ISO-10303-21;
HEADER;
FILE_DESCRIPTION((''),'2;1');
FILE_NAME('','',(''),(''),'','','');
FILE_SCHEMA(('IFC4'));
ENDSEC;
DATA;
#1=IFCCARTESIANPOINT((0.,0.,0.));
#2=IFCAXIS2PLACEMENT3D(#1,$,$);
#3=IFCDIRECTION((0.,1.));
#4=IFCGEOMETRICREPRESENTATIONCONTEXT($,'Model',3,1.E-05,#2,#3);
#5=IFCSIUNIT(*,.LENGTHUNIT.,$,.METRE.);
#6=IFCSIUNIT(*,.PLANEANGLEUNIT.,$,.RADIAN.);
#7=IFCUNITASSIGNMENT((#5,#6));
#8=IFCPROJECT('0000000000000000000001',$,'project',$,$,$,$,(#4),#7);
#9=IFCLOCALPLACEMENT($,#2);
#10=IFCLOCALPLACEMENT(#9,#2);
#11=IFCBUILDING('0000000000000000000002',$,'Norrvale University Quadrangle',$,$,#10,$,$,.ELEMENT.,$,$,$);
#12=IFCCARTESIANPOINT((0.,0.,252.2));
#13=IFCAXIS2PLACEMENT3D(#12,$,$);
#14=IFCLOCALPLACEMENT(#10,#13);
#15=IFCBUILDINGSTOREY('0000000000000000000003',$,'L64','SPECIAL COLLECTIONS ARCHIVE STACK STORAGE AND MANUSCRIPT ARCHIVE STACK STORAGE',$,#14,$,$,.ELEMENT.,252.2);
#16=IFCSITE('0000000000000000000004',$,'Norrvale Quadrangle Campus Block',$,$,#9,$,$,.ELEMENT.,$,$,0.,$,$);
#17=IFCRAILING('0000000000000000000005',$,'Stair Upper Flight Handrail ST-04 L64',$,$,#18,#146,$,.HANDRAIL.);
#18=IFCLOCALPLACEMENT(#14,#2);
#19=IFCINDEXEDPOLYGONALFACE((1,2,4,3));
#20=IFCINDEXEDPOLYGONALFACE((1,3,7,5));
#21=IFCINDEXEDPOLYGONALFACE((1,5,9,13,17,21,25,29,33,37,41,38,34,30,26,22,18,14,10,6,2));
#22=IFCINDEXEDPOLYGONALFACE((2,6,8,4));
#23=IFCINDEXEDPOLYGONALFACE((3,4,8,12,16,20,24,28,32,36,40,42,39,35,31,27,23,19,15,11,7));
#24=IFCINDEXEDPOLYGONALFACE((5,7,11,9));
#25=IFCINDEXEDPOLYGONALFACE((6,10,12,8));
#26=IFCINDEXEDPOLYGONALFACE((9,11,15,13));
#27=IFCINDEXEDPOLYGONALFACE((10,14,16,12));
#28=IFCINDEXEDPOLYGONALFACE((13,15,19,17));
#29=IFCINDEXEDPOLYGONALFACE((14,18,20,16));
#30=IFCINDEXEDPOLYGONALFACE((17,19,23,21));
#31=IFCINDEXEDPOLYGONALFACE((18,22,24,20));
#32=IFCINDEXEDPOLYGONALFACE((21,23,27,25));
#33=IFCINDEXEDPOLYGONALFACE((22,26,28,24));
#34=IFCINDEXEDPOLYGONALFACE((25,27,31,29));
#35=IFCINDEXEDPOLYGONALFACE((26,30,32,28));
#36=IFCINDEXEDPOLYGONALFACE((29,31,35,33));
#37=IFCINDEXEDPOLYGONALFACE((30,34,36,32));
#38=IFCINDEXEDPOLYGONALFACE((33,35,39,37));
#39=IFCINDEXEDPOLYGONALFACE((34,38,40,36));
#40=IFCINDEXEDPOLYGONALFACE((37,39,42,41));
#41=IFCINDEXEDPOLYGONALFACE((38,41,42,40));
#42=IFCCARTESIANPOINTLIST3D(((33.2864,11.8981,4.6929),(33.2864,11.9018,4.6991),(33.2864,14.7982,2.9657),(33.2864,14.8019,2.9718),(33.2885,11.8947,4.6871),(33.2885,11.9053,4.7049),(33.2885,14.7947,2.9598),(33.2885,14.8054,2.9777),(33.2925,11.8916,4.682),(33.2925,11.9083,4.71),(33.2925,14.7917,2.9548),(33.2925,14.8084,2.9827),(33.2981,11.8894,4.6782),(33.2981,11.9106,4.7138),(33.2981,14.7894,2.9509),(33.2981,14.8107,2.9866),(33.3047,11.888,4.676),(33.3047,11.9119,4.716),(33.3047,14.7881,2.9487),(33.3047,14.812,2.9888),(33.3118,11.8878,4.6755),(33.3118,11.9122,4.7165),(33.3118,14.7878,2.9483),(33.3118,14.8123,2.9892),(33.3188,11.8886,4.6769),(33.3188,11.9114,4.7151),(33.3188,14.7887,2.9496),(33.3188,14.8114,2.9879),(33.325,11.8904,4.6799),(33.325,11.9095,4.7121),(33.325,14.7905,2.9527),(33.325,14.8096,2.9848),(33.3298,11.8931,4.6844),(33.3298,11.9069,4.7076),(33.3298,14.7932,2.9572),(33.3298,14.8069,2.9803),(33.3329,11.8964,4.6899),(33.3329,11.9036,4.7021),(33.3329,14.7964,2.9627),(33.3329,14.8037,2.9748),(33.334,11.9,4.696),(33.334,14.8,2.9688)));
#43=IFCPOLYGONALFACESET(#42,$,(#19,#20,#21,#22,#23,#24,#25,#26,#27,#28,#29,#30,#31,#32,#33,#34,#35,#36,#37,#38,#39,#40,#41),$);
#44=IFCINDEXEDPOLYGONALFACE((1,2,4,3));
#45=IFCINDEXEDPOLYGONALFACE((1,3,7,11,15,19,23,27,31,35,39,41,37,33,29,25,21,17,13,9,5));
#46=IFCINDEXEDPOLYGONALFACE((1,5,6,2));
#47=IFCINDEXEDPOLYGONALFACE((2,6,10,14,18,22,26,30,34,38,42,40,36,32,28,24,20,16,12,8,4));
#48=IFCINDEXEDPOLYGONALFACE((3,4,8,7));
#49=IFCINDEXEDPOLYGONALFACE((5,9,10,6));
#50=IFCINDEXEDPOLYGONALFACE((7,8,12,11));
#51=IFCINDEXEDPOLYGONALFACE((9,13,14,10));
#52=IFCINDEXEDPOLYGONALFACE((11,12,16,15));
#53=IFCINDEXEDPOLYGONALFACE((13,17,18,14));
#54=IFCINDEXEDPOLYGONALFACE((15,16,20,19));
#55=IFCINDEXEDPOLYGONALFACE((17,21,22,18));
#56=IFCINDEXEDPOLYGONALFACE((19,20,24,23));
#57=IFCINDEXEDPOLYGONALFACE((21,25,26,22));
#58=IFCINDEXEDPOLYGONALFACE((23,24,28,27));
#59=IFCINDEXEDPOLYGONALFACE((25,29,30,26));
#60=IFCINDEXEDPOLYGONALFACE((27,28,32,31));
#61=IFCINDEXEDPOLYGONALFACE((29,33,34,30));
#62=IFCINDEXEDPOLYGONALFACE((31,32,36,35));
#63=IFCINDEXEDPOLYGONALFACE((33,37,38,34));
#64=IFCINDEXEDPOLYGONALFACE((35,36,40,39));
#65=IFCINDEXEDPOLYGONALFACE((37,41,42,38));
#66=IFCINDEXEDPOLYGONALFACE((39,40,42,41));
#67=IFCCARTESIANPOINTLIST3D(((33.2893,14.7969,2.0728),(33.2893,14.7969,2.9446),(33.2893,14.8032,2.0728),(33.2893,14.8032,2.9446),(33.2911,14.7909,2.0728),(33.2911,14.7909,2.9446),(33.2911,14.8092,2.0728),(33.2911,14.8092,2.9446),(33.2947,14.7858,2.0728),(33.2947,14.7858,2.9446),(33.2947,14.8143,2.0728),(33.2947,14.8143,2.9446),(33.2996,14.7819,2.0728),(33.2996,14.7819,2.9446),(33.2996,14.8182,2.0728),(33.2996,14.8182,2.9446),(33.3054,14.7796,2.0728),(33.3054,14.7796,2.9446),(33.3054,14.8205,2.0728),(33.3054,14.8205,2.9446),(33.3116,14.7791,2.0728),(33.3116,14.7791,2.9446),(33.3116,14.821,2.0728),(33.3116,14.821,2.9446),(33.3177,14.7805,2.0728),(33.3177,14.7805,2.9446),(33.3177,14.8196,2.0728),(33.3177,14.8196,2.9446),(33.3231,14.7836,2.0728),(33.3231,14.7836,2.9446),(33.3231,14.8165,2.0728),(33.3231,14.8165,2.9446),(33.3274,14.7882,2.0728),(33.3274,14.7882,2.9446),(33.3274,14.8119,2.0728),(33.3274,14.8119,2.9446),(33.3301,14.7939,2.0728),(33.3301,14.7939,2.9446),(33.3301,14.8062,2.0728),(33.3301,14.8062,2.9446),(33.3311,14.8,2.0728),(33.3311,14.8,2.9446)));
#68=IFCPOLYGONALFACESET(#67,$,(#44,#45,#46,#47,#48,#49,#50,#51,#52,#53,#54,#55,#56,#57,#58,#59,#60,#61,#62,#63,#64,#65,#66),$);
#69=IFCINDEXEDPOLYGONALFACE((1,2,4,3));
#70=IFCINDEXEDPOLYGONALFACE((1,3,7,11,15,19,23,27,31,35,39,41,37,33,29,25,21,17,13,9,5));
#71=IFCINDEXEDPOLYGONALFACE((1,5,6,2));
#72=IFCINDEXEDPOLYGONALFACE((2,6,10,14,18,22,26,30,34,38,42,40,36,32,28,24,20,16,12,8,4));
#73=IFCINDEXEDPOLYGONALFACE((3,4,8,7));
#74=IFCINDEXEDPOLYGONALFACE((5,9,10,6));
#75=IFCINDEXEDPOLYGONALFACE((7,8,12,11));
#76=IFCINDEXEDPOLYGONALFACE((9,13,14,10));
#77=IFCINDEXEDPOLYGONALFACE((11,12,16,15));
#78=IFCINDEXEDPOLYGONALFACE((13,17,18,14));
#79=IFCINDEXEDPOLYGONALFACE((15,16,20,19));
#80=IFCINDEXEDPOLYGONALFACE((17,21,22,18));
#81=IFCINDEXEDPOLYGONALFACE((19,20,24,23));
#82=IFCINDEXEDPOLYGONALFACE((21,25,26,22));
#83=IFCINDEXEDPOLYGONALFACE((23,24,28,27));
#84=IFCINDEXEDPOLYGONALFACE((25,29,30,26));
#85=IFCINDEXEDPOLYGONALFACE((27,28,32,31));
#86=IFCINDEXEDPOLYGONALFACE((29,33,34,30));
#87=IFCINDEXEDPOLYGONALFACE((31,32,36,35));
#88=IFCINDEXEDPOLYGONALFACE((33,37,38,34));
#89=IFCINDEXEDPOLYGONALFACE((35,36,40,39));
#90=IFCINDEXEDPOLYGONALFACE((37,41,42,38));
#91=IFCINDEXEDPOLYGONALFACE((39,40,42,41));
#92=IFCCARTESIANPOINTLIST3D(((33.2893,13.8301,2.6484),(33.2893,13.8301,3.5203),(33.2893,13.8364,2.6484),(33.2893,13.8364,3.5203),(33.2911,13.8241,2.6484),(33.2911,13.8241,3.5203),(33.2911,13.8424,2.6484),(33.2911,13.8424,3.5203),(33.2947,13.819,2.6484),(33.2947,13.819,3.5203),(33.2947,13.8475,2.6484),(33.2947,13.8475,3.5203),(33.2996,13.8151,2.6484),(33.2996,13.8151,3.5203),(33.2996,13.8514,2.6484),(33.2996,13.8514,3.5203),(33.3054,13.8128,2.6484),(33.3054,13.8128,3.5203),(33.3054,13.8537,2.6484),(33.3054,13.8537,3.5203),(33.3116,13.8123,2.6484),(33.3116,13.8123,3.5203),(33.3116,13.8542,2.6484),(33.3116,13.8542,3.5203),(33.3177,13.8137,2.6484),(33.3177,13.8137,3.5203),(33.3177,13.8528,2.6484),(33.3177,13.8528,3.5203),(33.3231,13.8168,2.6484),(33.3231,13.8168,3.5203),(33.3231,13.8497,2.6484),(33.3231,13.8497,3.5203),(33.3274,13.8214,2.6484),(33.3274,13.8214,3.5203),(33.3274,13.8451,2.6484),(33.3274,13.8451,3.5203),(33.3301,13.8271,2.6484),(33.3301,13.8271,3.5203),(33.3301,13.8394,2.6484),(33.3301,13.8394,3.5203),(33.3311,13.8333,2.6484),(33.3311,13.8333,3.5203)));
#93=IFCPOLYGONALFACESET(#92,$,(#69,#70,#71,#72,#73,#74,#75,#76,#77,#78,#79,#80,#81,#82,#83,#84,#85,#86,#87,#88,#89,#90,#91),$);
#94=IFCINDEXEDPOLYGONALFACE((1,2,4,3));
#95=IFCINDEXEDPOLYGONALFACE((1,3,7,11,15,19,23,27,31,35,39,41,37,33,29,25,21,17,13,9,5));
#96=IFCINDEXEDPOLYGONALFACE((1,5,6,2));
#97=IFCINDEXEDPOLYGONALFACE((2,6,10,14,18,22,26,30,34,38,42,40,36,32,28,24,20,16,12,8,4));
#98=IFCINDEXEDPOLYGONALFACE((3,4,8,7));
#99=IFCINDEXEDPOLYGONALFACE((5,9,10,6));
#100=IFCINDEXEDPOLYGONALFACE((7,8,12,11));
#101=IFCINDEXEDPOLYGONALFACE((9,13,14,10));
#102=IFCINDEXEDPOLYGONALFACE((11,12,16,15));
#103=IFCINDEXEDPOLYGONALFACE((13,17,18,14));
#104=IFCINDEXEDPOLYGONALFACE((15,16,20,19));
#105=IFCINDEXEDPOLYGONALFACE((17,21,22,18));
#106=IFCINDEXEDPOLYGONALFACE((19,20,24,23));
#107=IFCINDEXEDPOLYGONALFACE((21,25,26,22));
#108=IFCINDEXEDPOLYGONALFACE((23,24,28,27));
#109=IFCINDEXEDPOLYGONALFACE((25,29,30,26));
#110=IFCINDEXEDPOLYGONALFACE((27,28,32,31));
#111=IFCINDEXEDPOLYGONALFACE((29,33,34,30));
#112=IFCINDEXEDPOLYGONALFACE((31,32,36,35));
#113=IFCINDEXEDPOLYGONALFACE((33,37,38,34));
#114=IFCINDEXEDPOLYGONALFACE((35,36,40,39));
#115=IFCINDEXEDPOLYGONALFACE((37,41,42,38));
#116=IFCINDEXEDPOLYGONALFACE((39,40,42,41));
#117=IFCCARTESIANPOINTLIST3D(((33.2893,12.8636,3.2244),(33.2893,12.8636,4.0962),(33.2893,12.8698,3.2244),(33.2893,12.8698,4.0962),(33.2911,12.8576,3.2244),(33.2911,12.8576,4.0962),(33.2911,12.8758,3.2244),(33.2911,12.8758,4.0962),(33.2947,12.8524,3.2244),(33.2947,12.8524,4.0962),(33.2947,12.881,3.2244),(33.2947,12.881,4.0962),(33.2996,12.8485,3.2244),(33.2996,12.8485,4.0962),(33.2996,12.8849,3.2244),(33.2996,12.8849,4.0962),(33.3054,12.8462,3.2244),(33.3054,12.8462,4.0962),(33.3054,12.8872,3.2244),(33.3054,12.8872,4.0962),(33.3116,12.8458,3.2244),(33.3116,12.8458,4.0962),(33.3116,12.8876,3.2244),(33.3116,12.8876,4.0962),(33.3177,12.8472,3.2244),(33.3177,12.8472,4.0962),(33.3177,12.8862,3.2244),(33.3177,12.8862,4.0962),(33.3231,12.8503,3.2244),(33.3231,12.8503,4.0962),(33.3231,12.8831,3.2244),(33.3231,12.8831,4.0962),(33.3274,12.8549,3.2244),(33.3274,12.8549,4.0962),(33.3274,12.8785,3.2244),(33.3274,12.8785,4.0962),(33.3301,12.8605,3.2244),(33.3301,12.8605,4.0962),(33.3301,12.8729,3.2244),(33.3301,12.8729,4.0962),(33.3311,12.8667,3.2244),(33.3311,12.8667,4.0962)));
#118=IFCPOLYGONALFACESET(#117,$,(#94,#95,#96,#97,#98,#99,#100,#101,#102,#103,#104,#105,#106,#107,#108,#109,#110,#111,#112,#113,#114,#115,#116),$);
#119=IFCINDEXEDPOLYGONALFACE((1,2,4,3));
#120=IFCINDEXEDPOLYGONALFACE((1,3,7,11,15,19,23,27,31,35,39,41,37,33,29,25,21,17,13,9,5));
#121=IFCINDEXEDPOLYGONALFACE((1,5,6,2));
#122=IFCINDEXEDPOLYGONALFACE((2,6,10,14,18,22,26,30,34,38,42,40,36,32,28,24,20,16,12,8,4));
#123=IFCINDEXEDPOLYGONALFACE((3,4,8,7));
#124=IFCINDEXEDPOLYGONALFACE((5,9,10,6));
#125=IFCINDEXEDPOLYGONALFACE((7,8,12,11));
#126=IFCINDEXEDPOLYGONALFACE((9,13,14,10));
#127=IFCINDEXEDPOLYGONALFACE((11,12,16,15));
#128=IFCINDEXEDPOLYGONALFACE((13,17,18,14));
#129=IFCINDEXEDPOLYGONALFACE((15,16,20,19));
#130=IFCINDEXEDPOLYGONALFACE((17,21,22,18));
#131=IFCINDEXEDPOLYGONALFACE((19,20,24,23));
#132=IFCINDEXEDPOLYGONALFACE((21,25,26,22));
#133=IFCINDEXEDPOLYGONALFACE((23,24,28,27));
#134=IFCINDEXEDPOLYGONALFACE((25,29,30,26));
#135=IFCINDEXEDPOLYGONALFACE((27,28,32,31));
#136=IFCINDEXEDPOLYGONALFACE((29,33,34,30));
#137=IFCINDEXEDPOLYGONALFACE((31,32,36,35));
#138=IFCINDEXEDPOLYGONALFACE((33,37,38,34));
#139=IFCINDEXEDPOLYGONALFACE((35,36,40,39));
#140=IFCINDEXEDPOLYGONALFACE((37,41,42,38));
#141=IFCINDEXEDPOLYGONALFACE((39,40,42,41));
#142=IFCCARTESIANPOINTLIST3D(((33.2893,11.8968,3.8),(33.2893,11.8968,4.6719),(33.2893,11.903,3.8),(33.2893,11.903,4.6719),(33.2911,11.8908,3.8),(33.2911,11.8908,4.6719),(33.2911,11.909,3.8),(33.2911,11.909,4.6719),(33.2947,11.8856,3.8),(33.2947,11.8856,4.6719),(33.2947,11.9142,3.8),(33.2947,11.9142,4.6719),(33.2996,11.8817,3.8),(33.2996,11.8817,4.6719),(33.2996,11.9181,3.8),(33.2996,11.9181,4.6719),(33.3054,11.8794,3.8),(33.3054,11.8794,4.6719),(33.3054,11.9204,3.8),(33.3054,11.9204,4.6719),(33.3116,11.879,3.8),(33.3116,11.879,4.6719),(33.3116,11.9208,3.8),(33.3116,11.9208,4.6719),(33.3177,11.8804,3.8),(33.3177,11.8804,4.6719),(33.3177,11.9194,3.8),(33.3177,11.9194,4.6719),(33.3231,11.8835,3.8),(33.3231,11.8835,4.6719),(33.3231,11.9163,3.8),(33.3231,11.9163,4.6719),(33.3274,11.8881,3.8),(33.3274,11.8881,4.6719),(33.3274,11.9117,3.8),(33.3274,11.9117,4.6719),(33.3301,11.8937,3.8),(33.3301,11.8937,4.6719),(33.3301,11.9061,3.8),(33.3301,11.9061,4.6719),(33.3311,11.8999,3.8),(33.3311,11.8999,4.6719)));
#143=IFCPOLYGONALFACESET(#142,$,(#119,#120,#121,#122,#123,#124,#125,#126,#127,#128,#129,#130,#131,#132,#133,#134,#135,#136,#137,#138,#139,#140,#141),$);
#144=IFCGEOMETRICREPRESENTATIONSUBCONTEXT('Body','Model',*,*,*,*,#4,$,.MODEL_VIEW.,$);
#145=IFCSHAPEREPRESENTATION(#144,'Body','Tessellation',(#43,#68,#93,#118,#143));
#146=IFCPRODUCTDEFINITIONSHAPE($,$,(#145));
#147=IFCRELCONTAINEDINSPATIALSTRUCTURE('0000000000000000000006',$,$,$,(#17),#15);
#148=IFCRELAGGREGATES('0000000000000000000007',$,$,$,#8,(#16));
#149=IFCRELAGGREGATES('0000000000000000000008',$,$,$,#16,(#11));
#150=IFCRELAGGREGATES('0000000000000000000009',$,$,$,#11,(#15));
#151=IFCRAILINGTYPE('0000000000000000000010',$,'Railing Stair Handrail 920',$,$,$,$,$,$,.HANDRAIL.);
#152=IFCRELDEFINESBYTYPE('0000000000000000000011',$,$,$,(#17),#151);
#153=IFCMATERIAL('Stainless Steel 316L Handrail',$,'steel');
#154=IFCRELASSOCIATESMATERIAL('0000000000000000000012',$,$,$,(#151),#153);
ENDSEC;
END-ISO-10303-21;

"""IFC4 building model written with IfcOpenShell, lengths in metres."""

from ifc_helpers import new_model, si_unit, direction, frame, origin, origin_2d, place, context, subcontext, project, spatial, circle, extrude, material, type_object, element, save


model = new_model("IFC4")

# Units and contexts
model_context = context("Model", 3, precision=1e-05, world=origin(), true_north=direction((0.0, 1.0)))
body_context = subcontext(model_context, "Body", "Model", "MODEL_VIEW")
ifc_project = project(units=[si_unit("LENGTHUNIT", "METRE"), si_unit("PLANEANGLEUNIT", "RADIAN")], contexts=[model_context])

# Site, building, storey
site_placement = place(None, origin())
site = spatial("IfcSite", under=ifc_project, at=site_placement, Name="Norrvale Quadrangle Campus Block", CompositionType="ELEMENT", RefElevation=0.0)
building_placement = place(site_placement, origin())
building = spatial("IfcBuilding", under=site, at=building_placement, Name="Norrvale University Quadrangle", CompositionType="ELEMENT")
storey_placement = place(building_placement, frame((0.0, 0.0, 252.2)))
storey = spatial("IfcBuildingStorey", under=building, at=storey_placement, Name="L64", Description="SPECIAL COLLECTIONS ARCHIVE STACK STORAGE AND MANUSCRIPT ARCHIVE STACK STORAGE", CompositionType="ELEMENT", Elevation=252.2)

# Railing
ifc_material_1 = material(Name="Stainless Steel 316L Handrail", Category="steel")
railing_type_1 = type_object("IfcRailingType", Name="Railing Stair Handrail 920", PredefinedType="HANDRAIL", material=ifc_material_1)
railing_1_placement = place(storey_placement, frame((33.3101, 14.8, 2.0728)))
element("IfcRailing", 1, at=railing_1_placement, inside=storey, type_object=railing_type_1, Name="Stair Upper Flight Handrail ST-04 L64", PredefinedType="HANDRAIL", context=body_context, shape_type="SweptSolid", body=[
    extrude(circle(Radius=0.0239, at=origin_2d()), frame((0.0, 0.0, 0.896), z_axis=(0.0, -0.85916, 0.511706), x_axis=(1.0, 0.0, 0.0)), (0.0, 0.0, 1.0), 3.3755),
    extrude(circle(Radius=0.021, at=origin_2d()), origin(), (0.0, 0.0, 1.0), 0.8718),
    extrude(circle(Radius=0.021, at=origin_2d()), frame((0.0, -0.9668, 0.5757)), (0.0, 0.0, 1.0), 0.8718),
    extrude(circle(Radius=0.021, at=origin_2d()), frame((0.0, -1.9333, 1.1516)), (0.0, 0.0, 1.0), 0.8718),
    extrude(circle(Radius=0.021, at=origin_2d()), frame((0.0, -2.9001, 1.7273)), (0.0, 0.0, 1.0), 0.8718),
])

save(model, "model.ifc")
